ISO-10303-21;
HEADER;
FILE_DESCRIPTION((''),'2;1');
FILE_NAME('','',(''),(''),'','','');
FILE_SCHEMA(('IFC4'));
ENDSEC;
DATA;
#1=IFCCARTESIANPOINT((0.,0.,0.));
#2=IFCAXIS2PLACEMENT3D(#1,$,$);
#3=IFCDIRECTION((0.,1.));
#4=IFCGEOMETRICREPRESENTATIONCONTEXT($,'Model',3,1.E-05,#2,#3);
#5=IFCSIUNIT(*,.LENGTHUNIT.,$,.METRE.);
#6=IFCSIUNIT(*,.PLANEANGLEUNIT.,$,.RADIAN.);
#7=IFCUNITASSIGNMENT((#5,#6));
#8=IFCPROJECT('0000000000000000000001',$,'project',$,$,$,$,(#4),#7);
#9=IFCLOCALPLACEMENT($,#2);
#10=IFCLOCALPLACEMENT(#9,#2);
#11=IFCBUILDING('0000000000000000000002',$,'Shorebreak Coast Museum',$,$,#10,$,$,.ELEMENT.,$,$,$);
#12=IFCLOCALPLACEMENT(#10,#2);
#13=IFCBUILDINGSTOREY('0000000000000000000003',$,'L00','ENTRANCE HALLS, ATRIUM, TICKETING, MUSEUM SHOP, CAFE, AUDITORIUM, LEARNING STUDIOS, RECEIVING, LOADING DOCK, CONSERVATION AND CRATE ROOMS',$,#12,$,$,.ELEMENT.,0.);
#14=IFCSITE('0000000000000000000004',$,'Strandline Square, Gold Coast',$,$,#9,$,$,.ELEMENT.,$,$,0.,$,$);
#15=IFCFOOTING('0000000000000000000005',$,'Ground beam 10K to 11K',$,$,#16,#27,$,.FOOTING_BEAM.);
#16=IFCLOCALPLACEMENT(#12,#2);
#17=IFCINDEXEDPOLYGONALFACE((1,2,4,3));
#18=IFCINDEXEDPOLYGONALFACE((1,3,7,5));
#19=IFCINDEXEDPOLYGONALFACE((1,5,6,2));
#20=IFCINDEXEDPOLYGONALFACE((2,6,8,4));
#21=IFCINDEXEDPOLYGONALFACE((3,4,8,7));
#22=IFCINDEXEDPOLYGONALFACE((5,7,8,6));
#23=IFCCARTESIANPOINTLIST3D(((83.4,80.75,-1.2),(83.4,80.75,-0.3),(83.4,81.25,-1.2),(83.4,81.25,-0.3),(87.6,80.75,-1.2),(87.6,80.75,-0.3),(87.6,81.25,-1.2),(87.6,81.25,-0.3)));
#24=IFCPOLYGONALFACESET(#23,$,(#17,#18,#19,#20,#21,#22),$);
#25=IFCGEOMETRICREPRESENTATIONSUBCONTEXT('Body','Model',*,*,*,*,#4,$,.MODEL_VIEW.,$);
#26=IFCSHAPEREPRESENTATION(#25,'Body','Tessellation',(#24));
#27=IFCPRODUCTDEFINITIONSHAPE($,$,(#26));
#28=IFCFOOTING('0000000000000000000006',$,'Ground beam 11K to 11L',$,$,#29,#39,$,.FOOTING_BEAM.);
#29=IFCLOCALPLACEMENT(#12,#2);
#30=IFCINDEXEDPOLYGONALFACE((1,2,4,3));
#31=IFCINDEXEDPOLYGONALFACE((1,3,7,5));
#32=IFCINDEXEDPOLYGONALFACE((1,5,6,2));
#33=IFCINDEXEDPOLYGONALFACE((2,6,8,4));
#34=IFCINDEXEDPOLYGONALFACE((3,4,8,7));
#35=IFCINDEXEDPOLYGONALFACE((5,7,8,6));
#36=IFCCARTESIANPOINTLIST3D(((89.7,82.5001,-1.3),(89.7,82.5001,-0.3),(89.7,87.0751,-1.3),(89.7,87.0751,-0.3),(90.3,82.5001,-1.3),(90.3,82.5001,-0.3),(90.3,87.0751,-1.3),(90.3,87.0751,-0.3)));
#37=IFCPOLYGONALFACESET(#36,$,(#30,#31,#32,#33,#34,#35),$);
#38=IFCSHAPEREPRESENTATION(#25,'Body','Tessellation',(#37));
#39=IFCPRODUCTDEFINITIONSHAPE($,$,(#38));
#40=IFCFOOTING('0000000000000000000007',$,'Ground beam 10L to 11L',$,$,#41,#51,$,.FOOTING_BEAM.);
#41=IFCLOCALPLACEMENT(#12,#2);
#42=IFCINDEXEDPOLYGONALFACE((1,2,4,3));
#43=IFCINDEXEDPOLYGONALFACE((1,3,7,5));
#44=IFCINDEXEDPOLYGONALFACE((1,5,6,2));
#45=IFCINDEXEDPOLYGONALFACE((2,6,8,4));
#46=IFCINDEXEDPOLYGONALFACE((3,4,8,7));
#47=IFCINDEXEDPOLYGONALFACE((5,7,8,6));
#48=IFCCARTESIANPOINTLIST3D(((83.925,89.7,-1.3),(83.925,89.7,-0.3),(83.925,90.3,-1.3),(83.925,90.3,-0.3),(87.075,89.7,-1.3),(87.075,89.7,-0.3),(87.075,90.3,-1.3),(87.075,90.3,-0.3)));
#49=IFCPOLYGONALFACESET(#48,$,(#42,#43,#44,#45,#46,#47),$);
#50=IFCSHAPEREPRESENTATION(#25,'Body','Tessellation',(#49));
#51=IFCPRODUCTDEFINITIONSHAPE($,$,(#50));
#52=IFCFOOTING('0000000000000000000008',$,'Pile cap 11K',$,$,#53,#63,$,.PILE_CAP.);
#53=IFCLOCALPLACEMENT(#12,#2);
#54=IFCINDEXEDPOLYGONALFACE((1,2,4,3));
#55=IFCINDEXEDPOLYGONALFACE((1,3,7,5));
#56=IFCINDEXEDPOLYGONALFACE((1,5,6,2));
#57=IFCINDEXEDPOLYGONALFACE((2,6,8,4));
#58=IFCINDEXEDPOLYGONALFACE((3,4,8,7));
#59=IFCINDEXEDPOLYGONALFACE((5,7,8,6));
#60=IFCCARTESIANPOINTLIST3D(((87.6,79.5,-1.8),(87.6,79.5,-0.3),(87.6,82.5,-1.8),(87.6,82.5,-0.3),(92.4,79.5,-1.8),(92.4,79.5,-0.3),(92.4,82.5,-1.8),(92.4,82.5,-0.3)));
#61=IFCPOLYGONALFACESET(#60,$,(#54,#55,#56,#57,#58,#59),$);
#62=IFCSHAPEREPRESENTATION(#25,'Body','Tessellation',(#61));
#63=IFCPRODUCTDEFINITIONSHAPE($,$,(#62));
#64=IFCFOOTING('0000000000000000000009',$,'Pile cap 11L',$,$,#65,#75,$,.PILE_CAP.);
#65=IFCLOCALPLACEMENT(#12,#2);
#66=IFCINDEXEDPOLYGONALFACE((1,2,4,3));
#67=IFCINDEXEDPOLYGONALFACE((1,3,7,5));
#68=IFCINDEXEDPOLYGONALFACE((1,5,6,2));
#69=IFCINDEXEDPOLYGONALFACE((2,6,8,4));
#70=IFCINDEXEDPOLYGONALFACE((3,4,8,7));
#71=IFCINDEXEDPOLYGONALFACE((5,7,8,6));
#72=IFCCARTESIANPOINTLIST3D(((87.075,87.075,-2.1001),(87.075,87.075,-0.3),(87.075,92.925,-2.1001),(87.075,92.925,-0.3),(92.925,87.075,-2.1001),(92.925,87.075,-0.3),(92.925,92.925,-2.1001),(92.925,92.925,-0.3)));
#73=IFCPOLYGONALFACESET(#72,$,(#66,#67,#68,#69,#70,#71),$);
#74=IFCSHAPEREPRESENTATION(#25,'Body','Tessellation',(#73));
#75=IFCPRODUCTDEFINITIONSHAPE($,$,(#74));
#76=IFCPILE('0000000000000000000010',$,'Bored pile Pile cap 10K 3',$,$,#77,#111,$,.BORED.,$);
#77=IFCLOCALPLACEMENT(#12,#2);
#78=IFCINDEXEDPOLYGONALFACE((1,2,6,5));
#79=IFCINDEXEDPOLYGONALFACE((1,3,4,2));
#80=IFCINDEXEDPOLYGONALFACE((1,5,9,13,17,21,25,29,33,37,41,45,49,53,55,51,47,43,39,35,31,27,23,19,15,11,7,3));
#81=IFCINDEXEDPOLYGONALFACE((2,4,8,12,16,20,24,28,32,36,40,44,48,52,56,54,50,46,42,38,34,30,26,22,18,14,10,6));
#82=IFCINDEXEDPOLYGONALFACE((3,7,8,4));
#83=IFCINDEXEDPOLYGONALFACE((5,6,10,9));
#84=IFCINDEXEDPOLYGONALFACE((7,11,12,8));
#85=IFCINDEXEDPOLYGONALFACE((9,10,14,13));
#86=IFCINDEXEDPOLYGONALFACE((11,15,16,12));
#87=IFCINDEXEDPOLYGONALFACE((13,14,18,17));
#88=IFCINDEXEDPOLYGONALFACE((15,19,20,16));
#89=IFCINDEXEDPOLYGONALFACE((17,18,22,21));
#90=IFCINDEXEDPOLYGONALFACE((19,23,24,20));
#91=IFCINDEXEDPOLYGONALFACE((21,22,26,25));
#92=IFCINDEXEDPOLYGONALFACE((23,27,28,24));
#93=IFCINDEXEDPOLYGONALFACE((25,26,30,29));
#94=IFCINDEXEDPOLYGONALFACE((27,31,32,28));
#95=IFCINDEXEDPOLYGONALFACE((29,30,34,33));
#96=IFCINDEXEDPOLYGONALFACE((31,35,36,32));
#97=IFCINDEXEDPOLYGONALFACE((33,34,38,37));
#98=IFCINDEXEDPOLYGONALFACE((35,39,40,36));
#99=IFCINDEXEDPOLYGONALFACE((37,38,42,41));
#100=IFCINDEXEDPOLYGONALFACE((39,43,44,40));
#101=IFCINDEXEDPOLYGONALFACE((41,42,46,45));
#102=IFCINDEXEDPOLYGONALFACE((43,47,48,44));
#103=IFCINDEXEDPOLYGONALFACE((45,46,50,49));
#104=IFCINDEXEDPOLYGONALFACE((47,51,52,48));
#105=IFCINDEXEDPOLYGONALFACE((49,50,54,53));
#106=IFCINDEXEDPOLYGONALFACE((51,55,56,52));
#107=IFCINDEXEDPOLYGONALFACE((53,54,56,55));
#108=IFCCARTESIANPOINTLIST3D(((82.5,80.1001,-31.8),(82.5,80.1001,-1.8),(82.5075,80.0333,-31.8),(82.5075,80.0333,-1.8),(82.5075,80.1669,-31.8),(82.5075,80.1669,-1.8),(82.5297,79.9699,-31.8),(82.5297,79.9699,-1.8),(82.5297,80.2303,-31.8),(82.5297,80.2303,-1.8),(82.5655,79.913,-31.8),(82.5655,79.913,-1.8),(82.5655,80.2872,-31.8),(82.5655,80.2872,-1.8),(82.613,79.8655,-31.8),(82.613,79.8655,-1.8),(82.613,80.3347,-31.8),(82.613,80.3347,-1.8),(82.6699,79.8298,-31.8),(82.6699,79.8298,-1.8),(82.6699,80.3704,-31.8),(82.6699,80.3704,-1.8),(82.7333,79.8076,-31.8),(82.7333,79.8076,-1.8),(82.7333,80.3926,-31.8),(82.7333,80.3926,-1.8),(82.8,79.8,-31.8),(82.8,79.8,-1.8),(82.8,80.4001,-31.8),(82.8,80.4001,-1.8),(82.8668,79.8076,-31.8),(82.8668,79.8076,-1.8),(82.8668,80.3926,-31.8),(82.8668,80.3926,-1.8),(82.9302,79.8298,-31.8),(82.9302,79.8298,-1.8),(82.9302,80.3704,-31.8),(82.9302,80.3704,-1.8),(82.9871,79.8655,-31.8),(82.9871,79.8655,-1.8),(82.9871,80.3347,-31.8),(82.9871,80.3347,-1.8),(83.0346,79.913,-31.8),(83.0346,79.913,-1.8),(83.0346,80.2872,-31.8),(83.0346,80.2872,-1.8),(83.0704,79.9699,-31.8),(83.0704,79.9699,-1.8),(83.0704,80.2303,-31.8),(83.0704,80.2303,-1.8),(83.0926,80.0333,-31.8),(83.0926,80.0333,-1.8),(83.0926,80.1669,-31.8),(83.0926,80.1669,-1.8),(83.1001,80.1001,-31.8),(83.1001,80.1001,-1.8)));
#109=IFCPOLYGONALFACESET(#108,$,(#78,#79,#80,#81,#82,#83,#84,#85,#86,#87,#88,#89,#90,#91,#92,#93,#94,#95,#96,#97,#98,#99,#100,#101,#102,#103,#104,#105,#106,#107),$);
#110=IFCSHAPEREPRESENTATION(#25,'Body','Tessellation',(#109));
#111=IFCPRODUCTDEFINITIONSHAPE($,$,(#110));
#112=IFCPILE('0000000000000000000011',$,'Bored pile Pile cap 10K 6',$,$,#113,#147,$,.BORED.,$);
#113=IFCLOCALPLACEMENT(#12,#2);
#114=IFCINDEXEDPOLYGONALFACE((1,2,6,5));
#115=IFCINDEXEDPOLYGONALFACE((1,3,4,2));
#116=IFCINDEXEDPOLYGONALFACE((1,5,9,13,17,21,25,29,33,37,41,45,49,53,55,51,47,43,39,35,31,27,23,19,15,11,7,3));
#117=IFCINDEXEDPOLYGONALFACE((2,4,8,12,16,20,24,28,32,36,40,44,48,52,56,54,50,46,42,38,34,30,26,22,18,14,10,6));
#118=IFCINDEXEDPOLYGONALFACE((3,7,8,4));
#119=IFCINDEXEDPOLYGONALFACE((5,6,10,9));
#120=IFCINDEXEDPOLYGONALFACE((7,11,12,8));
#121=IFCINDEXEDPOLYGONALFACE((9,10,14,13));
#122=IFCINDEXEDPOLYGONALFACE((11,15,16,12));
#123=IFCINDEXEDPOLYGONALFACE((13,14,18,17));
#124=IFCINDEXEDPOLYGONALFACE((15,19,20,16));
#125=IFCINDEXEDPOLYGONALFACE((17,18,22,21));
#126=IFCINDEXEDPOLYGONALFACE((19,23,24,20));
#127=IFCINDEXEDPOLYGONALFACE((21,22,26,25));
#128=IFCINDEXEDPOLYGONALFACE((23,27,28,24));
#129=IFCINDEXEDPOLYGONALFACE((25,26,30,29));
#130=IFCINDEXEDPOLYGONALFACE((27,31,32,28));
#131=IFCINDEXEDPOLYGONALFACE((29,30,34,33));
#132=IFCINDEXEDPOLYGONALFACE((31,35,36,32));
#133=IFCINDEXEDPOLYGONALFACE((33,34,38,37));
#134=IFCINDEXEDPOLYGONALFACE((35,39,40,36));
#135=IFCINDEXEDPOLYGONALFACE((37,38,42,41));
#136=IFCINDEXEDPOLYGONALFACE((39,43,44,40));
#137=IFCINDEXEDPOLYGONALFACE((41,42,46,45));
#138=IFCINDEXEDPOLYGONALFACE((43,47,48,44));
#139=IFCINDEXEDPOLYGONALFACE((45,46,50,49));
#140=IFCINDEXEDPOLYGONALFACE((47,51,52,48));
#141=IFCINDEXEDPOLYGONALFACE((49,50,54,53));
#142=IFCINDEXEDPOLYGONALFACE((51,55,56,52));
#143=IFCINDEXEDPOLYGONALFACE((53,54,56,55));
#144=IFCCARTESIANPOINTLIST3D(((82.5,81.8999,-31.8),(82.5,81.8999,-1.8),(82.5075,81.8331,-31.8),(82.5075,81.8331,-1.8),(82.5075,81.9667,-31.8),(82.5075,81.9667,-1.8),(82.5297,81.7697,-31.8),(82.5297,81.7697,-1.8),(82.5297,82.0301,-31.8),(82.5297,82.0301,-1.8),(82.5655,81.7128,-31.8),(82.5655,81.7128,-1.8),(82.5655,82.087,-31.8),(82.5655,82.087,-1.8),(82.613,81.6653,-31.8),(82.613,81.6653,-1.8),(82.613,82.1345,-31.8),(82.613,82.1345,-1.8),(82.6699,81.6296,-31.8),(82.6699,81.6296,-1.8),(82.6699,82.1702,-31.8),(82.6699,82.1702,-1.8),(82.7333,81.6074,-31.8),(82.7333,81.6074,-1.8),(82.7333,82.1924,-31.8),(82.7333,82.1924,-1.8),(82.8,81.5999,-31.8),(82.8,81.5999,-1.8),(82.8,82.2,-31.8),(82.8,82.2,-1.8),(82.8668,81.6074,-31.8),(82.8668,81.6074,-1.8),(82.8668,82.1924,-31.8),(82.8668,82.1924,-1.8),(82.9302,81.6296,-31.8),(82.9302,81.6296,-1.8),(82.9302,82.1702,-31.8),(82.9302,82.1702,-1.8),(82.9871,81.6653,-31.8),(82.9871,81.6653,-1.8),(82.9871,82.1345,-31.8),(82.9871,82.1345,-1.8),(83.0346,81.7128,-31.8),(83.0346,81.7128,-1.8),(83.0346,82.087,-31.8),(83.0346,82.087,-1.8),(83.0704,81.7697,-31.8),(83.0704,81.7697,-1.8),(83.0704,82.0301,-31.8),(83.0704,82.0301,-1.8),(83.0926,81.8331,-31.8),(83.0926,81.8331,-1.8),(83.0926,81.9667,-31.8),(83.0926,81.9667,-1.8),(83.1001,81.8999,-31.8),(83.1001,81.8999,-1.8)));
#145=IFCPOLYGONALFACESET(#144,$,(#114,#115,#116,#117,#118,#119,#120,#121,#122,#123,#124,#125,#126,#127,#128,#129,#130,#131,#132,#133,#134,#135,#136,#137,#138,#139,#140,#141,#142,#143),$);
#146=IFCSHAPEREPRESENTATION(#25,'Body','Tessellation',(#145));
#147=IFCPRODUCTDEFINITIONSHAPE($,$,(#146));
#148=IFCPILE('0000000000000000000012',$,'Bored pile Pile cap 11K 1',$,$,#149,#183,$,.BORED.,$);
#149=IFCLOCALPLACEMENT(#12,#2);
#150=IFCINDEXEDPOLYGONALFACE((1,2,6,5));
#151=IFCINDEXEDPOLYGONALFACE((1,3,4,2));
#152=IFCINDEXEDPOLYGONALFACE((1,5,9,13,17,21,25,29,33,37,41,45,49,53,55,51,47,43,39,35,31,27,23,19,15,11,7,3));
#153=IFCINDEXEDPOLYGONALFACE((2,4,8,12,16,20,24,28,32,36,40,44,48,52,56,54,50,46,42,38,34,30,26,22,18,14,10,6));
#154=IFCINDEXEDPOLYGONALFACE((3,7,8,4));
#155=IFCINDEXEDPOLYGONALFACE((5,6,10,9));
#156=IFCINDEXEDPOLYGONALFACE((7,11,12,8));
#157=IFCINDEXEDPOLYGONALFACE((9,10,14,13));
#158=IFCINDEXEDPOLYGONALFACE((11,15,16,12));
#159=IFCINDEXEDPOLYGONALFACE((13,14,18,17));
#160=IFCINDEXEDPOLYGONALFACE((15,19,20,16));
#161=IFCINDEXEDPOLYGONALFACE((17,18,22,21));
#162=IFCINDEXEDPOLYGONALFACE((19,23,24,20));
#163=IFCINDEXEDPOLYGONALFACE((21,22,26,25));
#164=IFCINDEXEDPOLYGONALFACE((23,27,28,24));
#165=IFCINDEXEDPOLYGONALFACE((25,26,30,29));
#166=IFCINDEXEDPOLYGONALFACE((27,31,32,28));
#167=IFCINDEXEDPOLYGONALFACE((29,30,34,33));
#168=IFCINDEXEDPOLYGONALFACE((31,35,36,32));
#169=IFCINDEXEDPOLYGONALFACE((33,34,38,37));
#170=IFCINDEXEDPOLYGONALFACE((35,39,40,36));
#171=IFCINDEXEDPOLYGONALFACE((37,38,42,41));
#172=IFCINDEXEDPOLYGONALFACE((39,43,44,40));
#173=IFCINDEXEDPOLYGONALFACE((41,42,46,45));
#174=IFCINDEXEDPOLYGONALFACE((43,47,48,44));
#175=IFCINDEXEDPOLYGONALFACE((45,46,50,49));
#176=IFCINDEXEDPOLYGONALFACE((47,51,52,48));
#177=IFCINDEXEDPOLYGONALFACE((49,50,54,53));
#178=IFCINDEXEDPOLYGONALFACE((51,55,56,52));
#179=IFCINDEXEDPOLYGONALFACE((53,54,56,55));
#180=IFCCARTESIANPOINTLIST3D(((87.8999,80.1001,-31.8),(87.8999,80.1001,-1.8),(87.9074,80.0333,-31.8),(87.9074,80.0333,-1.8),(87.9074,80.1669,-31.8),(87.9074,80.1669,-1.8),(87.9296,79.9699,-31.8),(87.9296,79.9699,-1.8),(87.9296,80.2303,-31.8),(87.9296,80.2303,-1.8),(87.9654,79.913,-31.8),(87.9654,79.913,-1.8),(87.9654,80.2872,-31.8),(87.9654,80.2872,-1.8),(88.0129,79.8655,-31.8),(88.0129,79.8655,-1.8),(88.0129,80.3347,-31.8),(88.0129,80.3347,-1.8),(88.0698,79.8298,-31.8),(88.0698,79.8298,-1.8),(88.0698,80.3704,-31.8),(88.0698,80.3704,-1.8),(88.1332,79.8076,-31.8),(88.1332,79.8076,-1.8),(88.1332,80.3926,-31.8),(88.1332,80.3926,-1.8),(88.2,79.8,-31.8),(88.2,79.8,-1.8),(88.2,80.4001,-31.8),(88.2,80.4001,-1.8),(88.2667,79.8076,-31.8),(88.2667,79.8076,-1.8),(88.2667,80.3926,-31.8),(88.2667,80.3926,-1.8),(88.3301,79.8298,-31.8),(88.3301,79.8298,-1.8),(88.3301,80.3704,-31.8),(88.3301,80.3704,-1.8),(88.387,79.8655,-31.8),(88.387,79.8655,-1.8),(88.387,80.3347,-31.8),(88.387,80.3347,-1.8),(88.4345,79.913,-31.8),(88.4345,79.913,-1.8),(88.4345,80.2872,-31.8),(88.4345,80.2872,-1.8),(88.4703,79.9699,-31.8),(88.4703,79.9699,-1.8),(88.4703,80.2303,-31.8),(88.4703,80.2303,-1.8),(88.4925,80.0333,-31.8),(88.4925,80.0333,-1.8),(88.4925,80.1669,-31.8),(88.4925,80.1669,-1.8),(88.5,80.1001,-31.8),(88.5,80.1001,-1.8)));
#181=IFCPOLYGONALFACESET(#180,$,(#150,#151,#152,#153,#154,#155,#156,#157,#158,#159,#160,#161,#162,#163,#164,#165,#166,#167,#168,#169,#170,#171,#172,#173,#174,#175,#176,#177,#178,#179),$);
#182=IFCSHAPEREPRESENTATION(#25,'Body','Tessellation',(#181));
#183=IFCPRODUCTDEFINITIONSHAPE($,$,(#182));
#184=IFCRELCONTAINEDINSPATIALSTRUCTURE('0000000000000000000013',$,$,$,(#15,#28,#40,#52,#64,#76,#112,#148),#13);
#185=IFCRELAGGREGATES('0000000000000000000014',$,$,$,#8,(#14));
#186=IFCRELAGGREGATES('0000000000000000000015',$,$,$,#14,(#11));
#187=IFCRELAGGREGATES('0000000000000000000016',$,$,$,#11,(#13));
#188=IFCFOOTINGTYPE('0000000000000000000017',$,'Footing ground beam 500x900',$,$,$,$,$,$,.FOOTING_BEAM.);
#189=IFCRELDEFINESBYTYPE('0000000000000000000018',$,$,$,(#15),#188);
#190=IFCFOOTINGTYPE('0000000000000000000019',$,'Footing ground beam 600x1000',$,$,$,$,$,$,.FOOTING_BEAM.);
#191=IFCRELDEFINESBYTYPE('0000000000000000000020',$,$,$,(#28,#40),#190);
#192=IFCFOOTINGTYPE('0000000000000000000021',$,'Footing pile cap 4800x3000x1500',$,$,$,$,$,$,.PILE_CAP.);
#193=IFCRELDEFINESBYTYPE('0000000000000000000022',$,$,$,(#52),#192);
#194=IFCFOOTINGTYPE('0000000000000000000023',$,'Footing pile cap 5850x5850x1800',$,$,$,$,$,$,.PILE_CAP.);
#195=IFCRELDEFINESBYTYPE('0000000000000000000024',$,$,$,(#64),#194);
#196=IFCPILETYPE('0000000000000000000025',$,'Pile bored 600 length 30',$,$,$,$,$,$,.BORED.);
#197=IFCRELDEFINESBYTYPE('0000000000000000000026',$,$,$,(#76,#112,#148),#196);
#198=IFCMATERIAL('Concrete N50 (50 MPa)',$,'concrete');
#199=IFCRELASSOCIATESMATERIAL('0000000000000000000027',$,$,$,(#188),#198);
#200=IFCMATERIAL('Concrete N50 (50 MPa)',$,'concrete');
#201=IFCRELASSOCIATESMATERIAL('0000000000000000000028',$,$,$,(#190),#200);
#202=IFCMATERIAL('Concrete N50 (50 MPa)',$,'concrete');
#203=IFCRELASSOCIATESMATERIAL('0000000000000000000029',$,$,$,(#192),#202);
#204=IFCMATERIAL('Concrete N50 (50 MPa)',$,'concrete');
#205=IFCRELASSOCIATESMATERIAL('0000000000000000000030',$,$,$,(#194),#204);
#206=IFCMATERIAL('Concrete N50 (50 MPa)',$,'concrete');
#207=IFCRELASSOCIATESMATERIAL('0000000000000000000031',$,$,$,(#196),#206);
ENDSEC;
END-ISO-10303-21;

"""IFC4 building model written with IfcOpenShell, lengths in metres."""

from ifc_helpers import new_model, si_unit, direction, frame, origin, origin_2d, place, context, subcontext, project, spatial, rectangle, circle, extrude, material, material_profile, profile_set, type_object, element, save


model = new_model("IFC4")

# Units and contexts
model_context = context("Model", 3, precision=1e-05, world=origin(), true_north=direction((0.0, 1.0)))
body_context = subcontext(model_context, "Body", "Model", "MODEL_VIEW")
ifc_project = project(units=[si_unit("LENGTHUNIT", "METRE"), si_unit("PLANEANGLEUNIT", "RADIAN")], contexts=[model_context])

# Site, building, storey
site_placement = place(None, origin())
site = spatial("IfcSite", under=ifc_project, at=site_placement, Name="Strandline Square, Gold Coast", CompositionType="ELEMENT", RefElevation=0.0)
building_placement = place(site_placement, origin())
building = spatial("IfcBuilding", under=site, at=building_placement, Name="Shorebreak Coast Museum", CompositionType="ELEMENT")
storey_placement = place(building_placement, origin())
storey = spatial("IfcBuildingStorey", under=building, at=storey_placement, Name="L00", Description="ENTRANCE HALLS, ATRIUM, TICKETING, MUSEUM SHOP, CAFE, AUDITORIUM, LEARNING STUDIOS, RECEIVING, LOADING DOCK, CONSERVATION AND CRATE ROOMS", CompositionType="ELEMENT", Elevation=0.0)

# Footings
ifc_material_1 = material(Name="Concrete N50 (50 MPa)", Category="concrete")
footing_type_1 = type_object("IfcFootingType", Name="Footing ground beam 500x900", PredefinedType="FOOTING_BEAM", material=ifc_material_1)
footing_1_placement = place(storey_placement, frame((85.5, 81.0, -1.2), z_axis=(0.0, 0.0, 1.0), x_axis=(1.0, 0.0, 0.0)))
element("IfcFooting", 1, at=footing_1_placement, inside=storey, type_object=footing_type_1, Name="Ground beam 10K to 11K", PredefinedType="FOOTING_BEAM", context=body_context, shape_type="SweptSolid", body=[
    extrude(rectangle(XDim=4.2, YDim=0.5, at=origin_2d()), origin(), (0.0, 0.0, 1.0), 0.8999),
])
ifc_material_2 = material(Name="Concrete N50 (50 MPa)", Category="concrete")
footing_type_2 = type_object("IfcFootingType", Name="Footing ground beam 600x1000", PredefinedType="FOOTING_BEAM", material=ifc_material_2)
footing_2_placement = place(storey_placement, frame((90.0, 84.7876, -1.3), z_axis=(0.0, 0.0, 1.0), x_axis=(1.0, 0.0, 0.0)))
element("IfcFooting", 2, at=footing_2_placement, inside=storey, type_object=footing_type_2, Name="Ground beam 11K to 11L", PredefinedType="FOOTING_BEAM", context=body_context, shape_type="SweptSolid", body=[
    extrude(rectangle(XDim=0.6001, YDim=4.575, at=origin_2d()), origin(), (0.0, 0.0, 1.0), 1.0),
])
footing_3_placement = place(storey_placement, frame((85.5, 90.0, -1.3), z_axis=(0.0, 0.0, 1.0), x_axis=(1.0, 0.0, 0.0)))
element("IfcFooting", 3, at=footing_3_placement, inside=storey, type_object=footing_type_2, Name="Ground beam 10L to 11L", PredefinedType="FOOTING_BEAM", context=body_context, shape_type="SweptSolid", body=[
    extrude(rectangle(XDim=3.1499, YDim=0.6001, at=origin_2d()), origin(), (0.0, 0.0, 1.0), 1.0),
])
ifc_material_3 = material(Name="Concrete N50 (50 MPa)", Category="concrete")
footing_type_3 = type_object("IfcFootingType", Name="Footing pile cap 4800x3000x1500", PredefinedType="PILE_CAP", material=ifc_material_3)
footing_4_placement = place(storey_placement, frame((90.0, 81.0, -1.8), z_axis=(0.0, 0.0, 1.0), x_axis=(1.0, 0.0, 0.0)))
element("IfcFooting", 4, at=footing_4_placement, inside=storey, type_object=footing_type_3, Name="Pile cap 11K", PredefinedType="PILE_CAP", context=body_context, shape_type="SweptSolid", body=[
    extrude(rectangle(XDim=4.8, YDim=3.0, at=origin_2d()), origin(), (0.0, 0.0, 1.0), 1.5),
])
ifc_material_4 = material(Name="Concrete N50 (50 MPa)", Category="concrete")
footing_type_4 = type_object("IfcFootingType", Name="Footing pile cap 5850x5850x1800", PredefinedType="PILE_CAP", material=ifc_material_4)
footing_5_placement = place(storey_placement, frame((90.0, 90.0, -2.1001), z_axis=(0.0, 0.0, 1.0), x_axis=(1.0, 0.0, 0.0)))
element("IfcFooting", 5, at=footing_5_placement, inside=storey, type_object=footing_type_4, Name="Pile cap 11L", PredefinedType="PILE_CAP", context=body_context, shape_type="SweptSolid", body=[
    extrude(rectangle(XDim=5.8501, YDim=5.8501, at=origin_2d()), origin(), (0.0, 0.0, 1.0), 1.8),
])

# Piles
ifc_material_5 = material(Name="Concrete N50 (50 MPa)", Category="concrete")
ifc_material_profile_1 = material_profile(ifc_material_5, circle(Radius=0.3, at=origin_2d()), Name="Pile bored 600 length 30")
ifc_profile_set_1 = profile_set([ifc_material_profile_1], Name="Concrete N50 (50 MPa)")
pile_type_1 = type_object("IfcPileType", Name="Pile bored 600 length 30", PredefinedType="BORED", material=ifc_profile_set_1)
for number, where, z_axis, x_axis, name in (
    (6, (82.8, 80.1001, -1.8), (0.0, 0.0, -1.0), (1.0, 0.0, 0.0), "Bored pile Pile cap 10K 3"),
    (7, (82.8, 81.8999, -1.8), (0.0, 0.0, -1.0), (1.0, 0.0, 0.0), "Bored pile Pile cap 10K 6"),
    (8, (88.2, 80.1001, -1.8), (0.0, 0.0, -1.0), (1.0, 0.0, 0.0), "Bored pile Pile cap 11K 1"),
):
    element("IfcPile", number, at=place(storey_placement, frame(where, z_axis=z_axis, x_axis=x_axis)), inside=storey, type_object=pile_type_1, Name=name, PredefinedType="BORED", context=body_context, shape_type="SweptSolid", body=[
        extrude(circle(Radius=0.3, at=origin_2d()), origin(), (0.0, 0.0, 1.0), 30.0),
    ])

save(model, "model.ifc")
